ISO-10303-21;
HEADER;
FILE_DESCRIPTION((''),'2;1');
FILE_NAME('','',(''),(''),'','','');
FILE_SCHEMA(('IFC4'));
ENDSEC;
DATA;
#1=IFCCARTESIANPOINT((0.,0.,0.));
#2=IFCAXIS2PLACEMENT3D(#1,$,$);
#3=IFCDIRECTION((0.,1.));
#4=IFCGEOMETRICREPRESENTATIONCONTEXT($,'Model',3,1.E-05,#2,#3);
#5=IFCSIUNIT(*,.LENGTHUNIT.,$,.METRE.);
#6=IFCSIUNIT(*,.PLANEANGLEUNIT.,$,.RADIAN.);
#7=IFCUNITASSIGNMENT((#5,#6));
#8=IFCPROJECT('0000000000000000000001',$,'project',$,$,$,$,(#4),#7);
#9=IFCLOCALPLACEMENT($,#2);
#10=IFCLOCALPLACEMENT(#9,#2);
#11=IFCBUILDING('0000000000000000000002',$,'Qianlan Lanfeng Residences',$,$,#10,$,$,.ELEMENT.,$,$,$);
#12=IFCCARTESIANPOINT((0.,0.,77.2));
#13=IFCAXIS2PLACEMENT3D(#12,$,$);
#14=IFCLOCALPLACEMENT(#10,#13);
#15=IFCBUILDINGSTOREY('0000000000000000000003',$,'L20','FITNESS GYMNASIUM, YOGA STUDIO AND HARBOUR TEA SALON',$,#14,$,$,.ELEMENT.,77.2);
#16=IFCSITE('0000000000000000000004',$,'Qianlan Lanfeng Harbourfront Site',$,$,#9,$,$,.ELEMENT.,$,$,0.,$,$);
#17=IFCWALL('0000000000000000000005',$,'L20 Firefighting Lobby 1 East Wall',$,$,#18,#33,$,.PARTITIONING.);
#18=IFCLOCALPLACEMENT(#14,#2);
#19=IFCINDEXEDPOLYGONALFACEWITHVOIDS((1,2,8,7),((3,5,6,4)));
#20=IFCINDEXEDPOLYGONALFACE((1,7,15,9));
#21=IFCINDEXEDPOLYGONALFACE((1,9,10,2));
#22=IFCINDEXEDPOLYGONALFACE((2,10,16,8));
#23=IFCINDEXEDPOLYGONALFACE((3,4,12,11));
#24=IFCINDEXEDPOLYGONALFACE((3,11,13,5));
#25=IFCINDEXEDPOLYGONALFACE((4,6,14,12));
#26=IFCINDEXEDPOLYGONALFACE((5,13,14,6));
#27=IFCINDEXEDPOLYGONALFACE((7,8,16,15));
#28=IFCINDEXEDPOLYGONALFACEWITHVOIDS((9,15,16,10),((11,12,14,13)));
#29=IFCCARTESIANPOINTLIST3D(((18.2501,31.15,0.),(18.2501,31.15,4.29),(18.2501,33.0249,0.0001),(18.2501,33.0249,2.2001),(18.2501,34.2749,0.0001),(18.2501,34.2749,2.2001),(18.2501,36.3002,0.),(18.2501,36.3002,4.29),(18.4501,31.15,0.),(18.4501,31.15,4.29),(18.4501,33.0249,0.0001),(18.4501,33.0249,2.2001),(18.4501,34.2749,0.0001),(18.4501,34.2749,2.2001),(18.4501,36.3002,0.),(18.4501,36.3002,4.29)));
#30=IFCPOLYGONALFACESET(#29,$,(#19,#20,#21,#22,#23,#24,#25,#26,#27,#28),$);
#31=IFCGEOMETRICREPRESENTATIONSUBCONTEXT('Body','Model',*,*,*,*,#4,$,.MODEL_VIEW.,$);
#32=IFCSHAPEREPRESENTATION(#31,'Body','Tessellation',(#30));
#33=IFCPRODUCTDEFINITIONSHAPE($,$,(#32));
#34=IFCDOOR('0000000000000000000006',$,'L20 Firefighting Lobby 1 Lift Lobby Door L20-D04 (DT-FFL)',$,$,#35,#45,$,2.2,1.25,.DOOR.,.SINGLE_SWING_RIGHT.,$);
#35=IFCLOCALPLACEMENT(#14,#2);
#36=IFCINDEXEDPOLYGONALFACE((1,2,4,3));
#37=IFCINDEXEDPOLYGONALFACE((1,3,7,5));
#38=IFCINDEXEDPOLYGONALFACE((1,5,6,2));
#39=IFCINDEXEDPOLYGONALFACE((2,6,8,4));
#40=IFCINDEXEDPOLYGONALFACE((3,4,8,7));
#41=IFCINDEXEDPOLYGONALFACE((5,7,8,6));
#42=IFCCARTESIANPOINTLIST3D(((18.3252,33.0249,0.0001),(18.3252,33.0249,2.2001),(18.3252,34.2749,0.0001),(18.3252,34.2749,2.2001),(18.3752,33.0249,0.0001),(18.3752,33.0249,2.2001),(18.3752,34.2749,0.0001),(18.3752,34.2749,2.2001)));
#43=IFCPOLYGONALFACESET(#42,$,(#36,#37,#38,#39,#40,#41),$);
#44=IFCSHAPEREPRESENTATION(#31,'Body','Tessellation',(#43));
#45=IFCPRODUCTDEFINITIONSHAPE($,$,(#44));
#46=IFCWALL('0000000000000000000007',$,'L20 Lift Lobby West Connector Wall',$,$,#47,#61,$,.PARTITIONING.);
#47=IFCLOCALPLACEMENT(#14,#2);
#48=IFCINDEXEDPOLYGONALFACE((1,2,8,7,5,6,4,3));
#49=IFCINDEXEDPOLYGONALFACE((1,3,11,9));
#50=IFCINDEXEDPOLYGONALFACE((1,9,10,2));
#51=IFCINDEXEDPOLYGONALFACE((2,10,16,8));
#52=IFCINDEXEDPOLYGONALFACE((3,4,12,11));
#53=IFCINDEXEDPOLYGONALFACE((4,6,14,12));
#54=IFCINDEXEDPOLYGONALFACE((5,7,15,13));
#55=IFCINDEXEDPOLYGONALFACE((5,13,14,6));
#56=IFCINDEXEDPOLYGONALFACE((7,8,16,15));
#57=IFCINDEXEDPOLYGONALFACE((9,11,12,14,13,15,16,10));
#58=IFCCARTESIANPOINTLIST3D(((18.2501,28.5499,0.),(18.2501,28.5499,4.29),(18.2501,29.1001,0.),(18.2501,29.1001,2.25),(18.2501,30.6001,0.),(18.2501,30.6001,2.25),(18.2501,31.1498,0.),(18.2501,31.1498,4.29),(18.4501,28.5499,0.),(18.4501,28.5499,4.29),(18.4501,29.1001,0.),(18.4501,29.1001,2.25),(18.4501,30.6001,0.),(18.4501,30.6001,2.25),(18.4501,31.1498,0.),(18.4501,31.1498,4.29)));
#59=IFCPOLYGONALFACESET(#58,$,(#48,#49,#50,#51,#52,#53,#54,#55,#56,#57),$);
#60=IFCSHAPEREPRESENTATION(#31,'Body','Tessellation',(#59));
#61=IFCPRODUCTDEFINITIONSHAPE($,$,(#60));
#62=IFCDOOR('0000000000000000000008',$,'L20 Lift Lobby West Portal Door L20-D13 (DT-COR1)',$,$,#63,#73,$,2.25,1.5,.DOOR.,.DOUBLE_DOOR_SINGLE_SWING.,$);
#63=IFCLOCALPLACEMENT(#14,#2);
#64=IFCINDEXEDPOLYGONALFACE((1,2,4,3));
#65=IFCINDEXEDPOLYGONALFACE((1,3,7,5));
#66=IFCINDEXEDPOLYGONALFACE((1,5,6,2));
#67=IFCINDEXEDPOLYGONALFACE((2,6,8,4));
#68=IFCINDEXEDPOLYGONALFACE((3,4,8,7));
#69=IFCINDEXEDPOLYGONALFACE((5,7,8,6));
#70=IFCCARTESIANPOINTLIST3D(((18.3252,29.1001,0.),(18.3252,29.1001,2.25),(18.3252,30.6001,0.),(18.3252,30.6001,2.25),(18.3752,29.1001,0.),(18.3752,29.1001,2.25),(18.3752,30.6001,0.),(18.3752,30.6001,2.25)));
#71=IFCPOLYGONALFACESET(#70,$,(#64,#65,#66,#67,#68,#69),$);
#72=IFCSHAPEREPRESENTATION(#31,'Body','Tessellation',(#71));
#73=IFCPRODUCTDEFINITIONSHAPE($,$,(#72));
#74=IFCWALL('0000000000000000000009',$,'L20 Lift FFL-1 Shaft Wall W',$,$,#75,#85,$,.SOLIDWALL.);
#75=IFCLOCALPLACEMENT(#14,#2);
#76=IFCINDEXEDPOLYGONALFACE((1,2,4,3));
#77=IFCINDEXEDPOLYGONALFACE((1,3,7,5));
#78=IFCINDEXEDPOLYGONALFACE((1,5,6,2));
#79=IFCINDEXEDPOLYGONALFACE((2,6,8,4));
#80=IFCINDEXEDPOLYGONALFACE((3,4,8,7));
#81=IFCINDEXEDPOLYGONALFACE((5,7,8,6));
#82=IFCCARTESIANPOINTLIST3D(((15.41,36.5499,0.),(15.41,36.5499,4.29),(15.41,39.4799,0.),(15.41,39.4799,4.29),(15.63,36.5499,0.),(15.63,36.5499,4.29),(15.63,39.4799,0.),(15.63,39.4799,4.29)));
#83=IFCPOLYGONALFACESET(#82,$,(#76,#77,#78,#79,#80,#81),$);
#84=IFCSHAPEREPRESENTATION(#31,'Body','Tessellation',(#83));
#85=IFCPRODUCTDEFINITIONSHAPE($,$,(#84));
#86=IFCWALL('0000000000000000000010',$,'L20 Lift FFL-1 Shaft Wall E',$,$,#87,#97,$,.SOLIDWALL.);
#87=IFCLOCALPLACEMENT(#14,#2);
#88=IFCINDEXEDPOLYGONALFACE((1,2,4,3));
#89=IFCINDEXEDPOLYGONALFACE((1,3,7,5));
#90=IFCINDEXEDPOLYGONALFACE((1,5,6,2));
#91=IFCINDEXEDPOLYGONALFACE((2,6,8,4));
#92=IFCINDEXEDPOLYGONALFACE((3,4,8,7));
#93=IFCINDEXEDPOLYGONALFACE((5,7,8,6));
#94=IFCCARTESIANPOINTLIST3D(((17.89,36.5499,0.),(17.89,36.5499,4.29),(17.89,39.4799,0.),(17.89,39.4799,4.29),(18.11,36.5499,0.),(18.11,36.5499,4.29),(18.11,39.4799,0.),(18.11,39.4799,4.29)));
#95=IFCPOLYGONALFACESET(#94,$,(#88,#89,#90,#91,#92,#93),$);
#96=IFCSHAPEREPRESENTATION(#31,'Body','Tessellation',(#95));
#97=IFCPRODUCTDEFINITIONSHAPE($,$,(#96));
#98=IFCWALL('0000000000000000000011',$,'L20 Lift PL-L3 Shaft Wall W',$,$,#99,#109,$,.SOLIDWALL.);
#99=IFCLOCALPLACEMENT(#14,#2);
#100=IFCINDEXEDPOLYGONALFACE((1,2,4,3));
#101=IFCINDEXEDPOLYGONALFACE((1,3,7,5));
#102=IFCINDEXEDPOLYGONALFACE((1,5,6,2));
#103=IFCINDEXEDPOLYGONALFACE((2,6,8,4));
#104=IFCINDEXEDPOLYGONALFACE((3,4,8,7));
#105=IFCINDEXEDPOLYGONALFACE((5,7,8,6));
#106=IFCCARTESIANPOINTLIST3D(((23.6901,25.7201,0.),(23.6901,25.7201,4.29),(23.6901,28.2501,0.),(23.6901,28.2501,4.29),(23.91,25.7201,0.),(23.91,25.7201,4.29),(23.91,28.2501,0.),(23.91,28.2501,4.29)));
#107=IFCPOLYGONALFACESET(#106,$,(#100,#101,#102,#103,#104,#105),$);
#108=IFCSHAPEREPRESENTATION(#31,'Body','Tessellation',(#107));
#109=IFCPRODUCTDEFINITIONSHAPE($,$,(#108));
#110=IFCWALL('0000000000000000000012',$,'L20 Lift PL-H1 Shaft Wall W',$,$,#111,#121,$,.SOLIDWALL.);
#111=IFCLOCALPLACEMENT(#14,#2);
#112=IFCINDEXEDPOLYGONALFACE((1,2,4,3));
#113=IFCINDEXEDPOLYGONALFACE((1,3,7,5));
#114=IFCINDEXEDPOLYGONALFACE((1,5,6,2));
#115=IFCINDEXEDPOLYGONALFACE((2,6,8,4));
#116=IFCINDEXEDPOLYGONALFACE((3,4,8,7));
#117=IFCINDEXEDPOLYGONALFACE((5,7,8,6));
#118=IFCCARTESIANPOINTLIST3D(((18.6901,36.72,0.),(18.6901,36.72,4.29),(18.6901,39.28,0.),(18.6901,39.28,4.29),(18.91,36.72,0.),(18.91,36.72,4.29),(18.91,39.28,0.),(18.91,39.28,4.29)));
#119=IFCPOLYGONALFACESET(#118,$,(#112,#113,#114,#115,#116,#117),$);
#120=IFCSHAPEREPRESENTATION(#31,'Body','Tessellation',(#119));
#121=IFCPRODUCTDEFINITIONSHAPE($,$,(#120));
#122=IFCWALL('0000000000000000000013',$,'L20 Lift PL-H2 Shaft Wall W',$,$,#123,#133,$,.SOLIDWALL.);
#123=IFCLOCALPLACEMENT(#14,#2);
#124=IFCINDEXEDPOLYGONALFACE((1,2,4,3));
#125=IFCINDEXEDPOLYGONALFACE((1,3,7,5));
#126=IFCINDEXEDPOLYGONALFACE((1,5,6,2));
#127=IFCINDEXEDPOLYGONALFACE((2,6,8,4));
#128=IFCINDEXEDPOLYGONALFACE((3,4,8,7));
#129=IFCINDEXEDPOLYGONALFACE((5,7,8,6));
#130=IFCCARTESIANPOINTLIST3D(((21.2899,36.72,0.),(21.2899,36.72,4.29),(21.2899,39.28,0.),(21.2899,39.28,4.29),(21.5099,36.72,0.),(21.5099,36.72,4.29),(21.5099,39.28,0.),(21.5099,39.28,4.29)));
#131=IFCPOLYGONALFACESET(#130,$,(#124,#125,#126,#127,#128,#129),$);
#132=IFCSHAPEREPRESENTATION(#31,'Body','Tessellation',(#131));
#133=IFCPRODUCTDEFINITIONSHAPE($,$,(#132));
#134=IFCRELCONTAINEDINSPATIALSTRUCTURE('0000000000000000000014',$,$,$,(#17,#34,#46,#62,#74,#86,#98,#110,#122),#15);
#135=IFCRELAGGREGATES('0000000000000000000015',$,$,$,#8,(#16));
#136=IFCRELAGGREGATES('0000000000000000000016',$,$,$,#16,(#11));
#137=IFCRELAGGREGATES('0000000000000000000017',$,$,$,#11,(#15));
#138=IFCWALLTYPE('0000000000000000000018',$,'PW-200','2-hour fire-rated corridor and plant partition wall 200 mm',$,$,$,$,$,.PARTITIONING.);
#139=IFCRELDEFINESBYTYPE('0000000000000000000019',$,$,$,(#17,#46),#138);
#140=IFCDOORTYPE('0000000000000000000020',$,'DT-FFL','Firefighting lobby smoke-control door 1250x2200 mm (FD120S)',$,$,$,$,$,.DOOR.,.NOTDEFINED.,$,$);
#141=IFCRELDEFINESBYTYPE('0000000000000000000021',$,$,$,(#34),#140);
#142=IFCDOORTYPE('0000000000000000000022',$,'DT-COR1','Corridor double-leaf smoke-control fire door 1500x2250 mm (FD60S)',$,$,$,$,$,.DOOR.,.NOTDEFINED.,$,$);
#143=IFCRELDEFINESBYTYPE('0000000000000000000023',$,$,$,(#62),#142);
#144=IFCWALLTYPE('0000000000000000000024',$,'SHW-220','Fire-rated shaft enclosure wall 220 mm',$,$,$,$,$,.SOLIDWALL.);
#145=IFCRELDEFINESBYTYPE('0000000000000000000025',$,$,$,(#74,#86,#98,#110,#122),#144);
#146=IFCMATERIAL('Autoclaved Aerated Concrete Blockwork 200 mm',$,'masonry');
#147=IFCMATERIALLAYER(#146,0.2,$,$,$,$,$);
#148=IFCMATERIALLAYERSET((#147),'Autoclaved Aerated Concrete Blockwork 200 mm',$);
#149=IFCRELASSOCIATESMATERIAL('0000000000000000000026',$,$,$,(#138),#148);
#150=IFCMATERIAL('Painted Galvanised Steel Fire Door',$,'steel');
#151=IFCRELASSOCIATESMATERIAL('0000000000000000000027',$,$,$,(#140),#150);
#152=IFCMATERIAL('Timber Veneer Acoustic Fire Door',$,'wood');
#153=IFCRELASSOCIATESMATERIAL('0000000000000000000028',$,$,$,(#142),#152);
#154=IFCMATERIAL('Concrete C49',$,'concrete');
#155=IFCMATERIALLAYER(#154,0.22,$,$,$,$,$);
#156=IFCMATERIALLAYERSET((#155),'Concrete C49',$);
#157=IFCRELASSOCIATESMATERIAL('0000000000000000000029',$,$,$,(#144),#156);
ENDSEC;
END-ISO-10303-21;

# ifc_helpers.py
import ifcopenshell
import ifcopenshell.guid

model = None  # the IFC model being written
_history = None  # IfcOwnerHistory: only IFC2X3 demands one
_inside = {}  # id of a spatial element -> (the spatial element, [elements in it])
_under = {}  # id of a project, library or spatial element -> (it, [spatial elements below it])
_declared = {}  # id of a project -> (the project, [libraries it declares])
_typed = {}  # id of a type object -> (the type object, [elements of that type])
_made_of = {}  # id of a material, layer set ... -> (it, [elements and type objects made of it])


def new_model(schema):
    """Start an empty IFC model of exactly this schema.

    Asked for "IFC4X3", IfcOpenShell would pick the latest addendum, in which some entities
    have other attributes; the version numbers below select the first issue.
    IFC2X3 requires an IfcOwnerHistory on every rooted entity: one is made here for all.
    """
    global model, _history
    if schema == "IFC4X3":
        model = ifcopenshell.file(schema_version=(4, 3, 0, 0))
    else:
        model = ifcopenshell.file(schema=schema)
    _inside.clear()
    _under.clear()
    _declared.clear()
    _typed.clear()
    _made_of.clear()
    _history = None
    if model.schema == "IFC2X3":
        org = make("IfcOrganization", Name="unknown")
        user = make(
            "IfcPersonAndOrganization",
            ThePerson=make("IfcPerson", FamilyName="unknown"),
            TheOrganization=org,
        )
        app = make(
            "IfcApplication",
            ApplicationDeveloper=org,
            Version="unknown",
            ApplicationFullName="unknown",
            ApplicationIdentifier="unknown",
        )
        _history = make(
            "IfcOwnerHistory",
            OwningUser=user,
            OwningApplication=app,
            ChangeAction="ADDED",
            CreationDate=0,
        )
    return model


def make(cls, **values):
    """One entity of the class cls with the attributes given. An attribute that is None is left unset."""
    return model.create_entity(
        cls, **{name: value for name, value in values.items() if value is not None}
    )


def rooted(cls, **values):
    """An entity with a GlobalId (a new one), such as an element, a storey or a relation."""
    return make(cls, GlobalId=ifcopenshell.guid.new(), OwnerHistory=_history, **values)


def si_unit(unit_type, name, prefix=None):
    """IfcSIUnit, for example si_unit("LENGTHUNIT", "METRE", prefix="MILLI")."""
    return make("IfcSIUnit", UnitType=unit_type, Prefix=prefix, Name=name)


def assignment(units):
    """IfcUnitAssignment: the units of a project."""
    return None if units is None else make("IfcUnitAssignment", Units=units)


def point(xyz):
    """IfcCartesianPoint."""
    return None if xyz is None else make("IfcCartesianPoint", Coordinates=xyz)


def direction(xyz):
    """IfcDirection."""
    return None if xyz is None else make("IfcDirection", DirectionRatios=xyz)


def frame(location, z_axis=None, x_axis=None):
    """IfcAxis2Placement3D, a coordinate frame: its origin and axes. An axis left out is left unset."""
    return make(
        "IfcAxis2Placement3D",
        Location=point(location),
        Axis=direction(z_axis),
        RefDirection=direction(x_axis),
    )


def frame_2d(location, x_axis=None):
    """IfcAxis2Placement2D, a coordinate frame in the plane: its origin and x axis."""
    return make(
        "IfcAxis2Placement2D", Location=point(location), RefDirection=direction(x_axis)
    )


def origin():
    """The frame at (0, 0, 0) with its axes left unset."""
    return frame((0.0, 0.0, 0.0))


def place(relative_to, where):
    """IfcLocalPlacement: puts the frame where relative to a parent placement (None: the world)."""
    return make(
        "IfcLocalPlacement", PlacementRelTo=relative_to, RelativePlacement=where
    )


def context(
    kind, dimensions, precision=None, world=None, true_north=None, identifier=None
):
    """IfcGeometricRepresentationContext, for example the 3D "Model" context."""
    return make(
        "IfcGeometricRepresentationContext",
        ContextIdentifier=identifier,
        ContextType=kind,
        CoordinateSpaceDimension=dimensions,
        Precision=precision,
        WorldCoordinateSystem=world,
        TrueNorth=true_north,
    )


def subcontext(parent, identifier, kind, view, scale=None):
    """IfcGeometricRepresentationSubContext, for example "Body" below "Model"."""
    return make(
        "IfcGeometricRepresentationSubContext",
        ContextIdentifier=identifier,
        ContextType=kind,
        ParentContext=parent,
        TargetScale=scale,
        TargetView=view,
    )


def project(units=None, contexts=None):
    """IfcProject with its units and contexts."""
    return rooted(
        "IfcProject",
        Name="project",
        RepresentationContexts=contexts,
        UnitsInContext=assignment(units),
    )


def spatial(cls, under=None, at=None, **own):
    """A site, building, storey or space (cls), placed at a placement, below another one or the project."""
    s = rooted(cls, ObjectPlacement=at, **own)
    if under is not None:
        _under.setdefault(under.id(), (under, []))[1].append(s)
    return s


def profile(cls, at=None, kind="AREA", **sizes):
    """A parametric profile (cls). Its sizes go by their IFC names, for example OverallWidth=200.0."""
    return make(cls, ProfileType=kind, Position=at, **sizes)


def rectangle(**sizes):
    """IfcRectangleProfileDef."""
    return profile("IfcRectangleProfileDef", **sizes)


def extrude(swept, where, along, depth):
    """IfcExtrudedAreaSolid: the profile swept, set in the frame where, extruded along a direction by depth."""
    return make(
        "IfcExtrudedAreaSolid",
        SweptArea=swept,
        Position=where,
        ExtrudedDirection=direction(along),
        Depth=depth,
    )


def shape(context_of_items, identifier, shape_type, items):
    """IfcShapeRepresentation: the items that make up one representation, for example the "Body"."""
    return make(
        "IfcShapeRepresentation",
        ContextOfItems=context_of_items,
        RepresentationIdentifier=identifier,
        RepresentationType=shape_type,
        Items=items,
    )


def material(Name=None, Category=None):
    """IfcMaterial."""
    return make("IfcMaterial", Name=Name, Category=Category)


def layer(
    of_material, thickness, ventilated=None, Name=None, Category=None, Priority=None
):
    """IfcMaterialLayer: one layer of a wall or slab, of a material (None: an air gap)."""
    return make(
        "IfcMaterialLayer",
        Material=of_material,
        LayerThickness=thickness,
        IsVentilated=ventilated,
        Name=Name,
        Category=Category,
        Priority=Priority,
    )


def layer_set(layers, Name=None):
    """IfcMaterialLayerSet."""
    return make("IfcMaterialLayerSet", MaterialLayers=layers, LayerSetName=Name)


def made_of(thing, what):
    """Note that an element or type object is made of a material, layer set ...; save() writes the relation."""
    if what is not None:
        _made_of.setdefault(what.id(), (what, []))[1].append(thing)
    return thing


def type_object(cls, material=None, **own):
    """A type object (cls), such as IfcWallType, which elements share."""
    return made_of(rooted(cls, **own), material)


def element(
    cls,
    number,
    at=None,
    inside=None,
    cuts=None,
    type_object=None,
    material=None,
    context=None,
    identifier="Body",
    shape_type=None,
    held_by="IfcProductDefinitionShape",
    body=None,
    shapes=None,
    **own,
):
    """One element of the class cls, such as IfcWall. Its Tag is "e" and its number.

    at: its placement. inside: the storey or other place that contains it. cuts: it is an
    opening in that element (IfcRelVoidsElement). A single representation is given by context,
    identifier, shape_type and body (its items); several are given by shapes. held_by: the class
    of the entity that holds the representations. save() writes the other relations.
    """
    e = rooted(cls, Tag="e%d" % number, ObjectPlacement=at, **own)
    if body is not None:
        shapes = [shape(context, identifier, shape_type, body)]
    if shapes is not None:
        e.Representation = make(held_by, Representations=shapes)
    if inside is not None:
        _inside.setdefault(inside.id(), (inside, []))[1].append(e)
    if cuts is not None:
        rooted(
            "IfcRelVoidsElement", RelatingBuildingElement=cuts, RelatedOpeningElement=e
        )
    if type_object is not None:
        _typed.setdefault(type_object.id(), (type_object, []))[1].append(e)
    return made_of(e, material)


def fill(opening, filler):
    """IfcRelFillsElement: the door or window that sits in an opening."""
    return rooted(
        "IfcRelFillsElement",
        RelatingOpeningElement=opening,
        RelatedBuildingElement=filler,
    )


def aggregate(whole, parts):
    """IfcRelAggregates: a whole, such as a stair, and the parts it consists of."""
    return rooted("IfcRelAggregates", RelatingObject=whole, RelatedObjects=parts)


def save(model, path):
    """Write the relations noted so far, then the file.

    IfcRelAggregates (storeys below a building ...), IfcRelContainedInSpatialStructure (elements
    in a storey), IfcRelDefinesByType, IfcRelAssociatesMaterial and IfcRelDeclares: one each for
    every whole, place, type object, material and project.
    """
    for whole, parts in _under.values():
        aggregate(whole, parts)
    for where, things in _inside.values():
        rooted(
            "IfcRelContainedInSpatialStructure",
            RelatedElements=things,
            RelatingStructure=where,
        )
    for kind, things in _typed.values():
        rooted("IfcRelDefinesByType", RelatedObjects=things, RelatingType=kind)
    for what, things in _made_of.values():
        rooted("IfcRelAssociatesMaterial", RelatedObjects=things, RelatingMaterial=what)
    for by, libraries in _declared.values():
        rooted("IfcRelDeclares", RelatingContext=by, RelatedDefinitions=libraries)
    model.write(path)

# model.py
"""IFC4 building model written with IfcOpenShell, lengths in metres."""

from ifc_helpers import new_model, si_unit, direction, frame, frame_2d, origin, place, context, subcontext, project, spatial, rectangle, extrude, material, layer, layer_set, type_object, element, fill, save


model = new_model("IFC4")

# Units and contexts
model_context = context("Model", 3, precision=1e-05, world=origin(), true_north=direction((0.0, 1.0)))
body_context = subcontext(model_context, "Body", "Model", "MODEL_VIEW")
ifc_project = project(units=[si_unit("LENGTHUNIT", "METRE"), si_unit("PLANEANGLEUNIT", "RADIAN")], contexts=[model_context])

# Site, building, storey
site_placement = place(None, origin())
site = spatial("IfcSite", under=ifc_project, at=site_placement, Name="Qianlan Lanfeng Harbourfront Site", CompositionType="ELEMENT", RefElevation=0.0)
building_placement = place(site_placement, origin())
building = spatial("IfcBuilding", under=site, at=building_placement, Name="Qianlan Lanfeng Residences", CompositionType="ELEMENT")
storey_placement = place(building_placement, frame((0.0, 0.0, 77.2)))
storey = spatial("IfcBuildingStorey", under=building, at=storey_placement, Name="L20", Description="FITNESS GYMNASIUM, YOGA STUDIO AND HARBOUR TEA SALON", CompositionType="ELEMENT", Elevation=77.2)

# Walls, openings, doors
ifc_material_1 = material(Name="Autoclaved Aerated Concrete Blockwork 200 mm", Category="masonry")
ifc_layer_1 = layer(ifc_material_1, 0.2)
ifc_layer_set_1 = layer_set([ifc_layer_1], Name="Autoclaved Aerated Concrete Blockwork 200 mm")
wall_type_1 = type_object("IfcWallType", Name="PW-200", Description="2-hour fire-rated corridor and plant partition wall 200 mm", PredefinedType="PARTITIONING", material=ifc_layer_set_1)
wall_1_placement = place(storey_placement, frame((18.3501, 31.1499, 0.0), z_axis=(0.0, 0.0, 1.0), x_axis=(0.0, 1.0, 0.0)))
wall_1 = element("IfcWall", 1, at=wall_1_placement, inside=storey, type_object=wall_type_1, Name="L20 Firefighting Lobby 1 East Wall", PredefinedType="PARTITIONING", context=body_context, shape_type="SweptSolid", body=[
    extrude(rectangle(XDim=5.1501, YDim=0.2, at=frame_2d((2.5752, 0.0))), origin(), (0.0, 0.0, 1.0), 4.29),
])
opening_1_placement = place(wall_1_placement, frame((1.875, 0.0, 0.0)))
opening_1 = element("IfcOpeningElement", 2, at=opening_1_placement, cuts=wall_1, PredefinedType="OPENING", context=body_context, shape_type="SweptSolid", body=[
    extrude(rectangle(XDim=1.25, YDim=2.2, at=frame_2d((0.625, 1.1001))), frame((0.0, 0.1099, 0.0), z_axis=(0.0, -1.0, 0.0), x_axis=(1.0, 0.0, 0.0)), (0.0, 0.0, 1.0), 0.22),
])
ifc_material_2 = material(Name="Painted Galvanised Steel Fire Door", Category="steel")
door_type_1 = type_object("IfcDoorType", Name="DT-FFL", Description="Firefighting lobby smoke-control door 1250x2200 mm (FD120S)", OperationType="NOTDEFINED", PredefinedType="DOOR", material=ifc_material_2)
door_1_placement = place(opening_1_placement, origin())
door_1 = element("IfcDoor", 3, at=door_1_placement, inside=storey, type_object=door_type_1, Name="L20 Firefighting Lobby 1 Lift Lobby Door L20-D04 (DT-FFL)", OperationType="SINGLE_SWING_RIGHT", OverallHeight=2.2, OverallWidth=1.25, PredefinedType="DOOR", context=body_context, shape_type="SweptSolid", body=[
    extrude(rectangle(XDim=1.25, YDim=2.2, at=frame_2d((0.625, 1.1001))), frame((0.0, 0.0249, 0.0), z_axis=(0.0, -1.0, 0.0), x_axis=(1.0, 0.0, 0.0)), (0.0, 0.0, 1.0), 0.05),
])
fill(opening_1, door_1)
wall_2_placement = place(storey_placement, frame((18.3501, 28.55, 0.0), z_axis=(0.0, 0.0, 1.0), x_axis=(0.0, 1.0, 0.0)))
wall_2 = element("IfcWall", 4, at=wall_2_placement, inside=storey, type_object=wall_type_1, Name="L20 Lift Lobby West Connector Wall", PredefinedType="PARTITIONING", context=body_context, shape_type="SweptSolid", body=[
    extrude(rectangle(XDim=2.5999, YDim=0.2, at=frame_2d((1.2998, 0.0))), origin(), (0.0, 0.0, 1.0), 4.29),
])
opening_2_placement = place(wall_2_placement, frame((0.55, 0.0, 0.0)))
opening_2 = element("IfcOpeningElement", 5, at=opening_2_placement, cuts=wall_2, PredefinedType="OPENING", context=body_context, shape_type="SweptSolid", body=[
    extrude(rectangle(XDim=1.5, YDim=2.25, at=frame_2d((0.75, 1.125))), frame((0.0, 0.1099, 0.0), z_axis=(0.0, -1.0, 0.0), x_axis=(1.0, 0.0, 0.0)), (0.0, 0.0, 1.0), 0.22),
])
ifc_material_3 = material(Name="Timber Veneer Acoustic Fire Door", Category="wood")
door_type_2 = type_object("IfcDoorType", Name="DT-COR1", Description="Corridor double-leaf smoke-control fire door 1500x2250 mm (FD60S)", OperationType="NOTDEFINED", PredefinedType="DOOR", material=ifc_material_3)
door_2_placement = place(opening_2_placement, origin())
door_2 = element("IfcDoor", 6, at=door_2_placement, inside=storey, type_object=door_type_2, Name="L20 Lift Lobby West Portal Door L20-D13 (DT-COR1)", OperationType="DOUBLE_DOOR_SINGLE_SWING", OverallHeight=2.25, OverallWidth=1.5, PredefinedType="DOOR", context=body_context, shape_type="SweptSolid", body=[
    extrude(rectangle(XDim=1.5, YDim=2.25, at=frame_2d((0.75, 1.125))), frame((0.0, 0.0249, 0.0), z_axis=(0.0, -1.0, 0.0), x_axis=(1.0, 0.0, 0.0)), (0.0, 0.0, 1.0), 0.05),
])
fill(opening_2, door_2)

# Walls
ifc_material_4 = material(Name="Concrete C49", Category="concrete")
ifc_layer_2 = layer(ifc_material_4, 0.22)
ifc_layer_set_2 = layer_set([ifc_layer_2], Name="Concrete C49")
wall_type_2 = type_object("IfcWallType", Name="SHW-220", Description="Fire-rated shaft enclosure wall 220 mm", PredefinedType="SOLIDWALL", material=ifc_layer_set_2)
for number, where, z_axis, x_axis, name in (
    (7, (15.52, 36.55, 0.0), (0.0, 0.0, 1.0), (0.0, 1.0, 0.0), "L20 Lift FFL-1 Shaft Wall W"),
    (8, (18.0, 36.55, 0.0), (0.0, 0.0, 1.0), (0.0, 1.0, 0.0), "L20 Lift FFL-1 Shaft Wall E"),
):
    element("IfcWall", number, at=place(storey_placement, frame(where, z_axis=z_axis, x_axis=x_axis)), inside=storey, type_object=wall_type_2, Name=name, PredefinedType="SOLIDWALL", context=body_context, shape_type="SweptSolid", body=[
        extrude(rectangle(XDim=2.9299, YDim=0.22, at=frame_2d((1.4648, 0.0))), origin(), (0.0, 0.0, 1.0), 4.29),
    ])
wall_3_placement = place(storey_placement, frame((23.8, 25.72, 0.0), z_axis=(0.0, 0.0, 1.0), x_axis=(0.0, 1.0, 0.0)))
element("IfcWall", 9, at=wall_3_placement, inside=storey, type_object=wall_type_2, Name="L20 Lift PL-L3 Shaft Wall W", PredefinedType="SOLIDWALL", context=body_context, shape_type="SweptSolid", body=[
    extrude(rectangle(XDim=2.53, YDim=0.22, at=frame_2d((1.2651, 0.0))), origin(), (0.0, 0.0, 1.0), 4.29),
])
for number, where, z_axis, x_axis, name in (
    (10, (18.8, 36.72, 0.0), (0.0, 0.0, 1.0), (0.0, 1.0, 0.0), "L20 Lift PL-H1 Shaft Wall W"),
    (11, (21.3999, 36.72, 0.0), (0.0, 0.0, 1.0), (0.0, 1.0, 0.0), "L20 Lift PL-H2 Shaft Wall W"),
):
    element("IfcWall", number, at=place(storey_placement, frame(where, z_axis=z_axis, x_axis=x_axis)), inside=storey, type_object=wall_type_2, Name=name, PredefinedType="SOLIDWALL", context=body_context, shape_type="SweptSolid", body=[
        extrude(rectangle(XDim=2.5601, YDim=0.22, at=frame_2d((1.28, 0.0))), origin(), (0.0, 0.0, 1.0), 4.29),
    ])

save(model, "model.ifc")
